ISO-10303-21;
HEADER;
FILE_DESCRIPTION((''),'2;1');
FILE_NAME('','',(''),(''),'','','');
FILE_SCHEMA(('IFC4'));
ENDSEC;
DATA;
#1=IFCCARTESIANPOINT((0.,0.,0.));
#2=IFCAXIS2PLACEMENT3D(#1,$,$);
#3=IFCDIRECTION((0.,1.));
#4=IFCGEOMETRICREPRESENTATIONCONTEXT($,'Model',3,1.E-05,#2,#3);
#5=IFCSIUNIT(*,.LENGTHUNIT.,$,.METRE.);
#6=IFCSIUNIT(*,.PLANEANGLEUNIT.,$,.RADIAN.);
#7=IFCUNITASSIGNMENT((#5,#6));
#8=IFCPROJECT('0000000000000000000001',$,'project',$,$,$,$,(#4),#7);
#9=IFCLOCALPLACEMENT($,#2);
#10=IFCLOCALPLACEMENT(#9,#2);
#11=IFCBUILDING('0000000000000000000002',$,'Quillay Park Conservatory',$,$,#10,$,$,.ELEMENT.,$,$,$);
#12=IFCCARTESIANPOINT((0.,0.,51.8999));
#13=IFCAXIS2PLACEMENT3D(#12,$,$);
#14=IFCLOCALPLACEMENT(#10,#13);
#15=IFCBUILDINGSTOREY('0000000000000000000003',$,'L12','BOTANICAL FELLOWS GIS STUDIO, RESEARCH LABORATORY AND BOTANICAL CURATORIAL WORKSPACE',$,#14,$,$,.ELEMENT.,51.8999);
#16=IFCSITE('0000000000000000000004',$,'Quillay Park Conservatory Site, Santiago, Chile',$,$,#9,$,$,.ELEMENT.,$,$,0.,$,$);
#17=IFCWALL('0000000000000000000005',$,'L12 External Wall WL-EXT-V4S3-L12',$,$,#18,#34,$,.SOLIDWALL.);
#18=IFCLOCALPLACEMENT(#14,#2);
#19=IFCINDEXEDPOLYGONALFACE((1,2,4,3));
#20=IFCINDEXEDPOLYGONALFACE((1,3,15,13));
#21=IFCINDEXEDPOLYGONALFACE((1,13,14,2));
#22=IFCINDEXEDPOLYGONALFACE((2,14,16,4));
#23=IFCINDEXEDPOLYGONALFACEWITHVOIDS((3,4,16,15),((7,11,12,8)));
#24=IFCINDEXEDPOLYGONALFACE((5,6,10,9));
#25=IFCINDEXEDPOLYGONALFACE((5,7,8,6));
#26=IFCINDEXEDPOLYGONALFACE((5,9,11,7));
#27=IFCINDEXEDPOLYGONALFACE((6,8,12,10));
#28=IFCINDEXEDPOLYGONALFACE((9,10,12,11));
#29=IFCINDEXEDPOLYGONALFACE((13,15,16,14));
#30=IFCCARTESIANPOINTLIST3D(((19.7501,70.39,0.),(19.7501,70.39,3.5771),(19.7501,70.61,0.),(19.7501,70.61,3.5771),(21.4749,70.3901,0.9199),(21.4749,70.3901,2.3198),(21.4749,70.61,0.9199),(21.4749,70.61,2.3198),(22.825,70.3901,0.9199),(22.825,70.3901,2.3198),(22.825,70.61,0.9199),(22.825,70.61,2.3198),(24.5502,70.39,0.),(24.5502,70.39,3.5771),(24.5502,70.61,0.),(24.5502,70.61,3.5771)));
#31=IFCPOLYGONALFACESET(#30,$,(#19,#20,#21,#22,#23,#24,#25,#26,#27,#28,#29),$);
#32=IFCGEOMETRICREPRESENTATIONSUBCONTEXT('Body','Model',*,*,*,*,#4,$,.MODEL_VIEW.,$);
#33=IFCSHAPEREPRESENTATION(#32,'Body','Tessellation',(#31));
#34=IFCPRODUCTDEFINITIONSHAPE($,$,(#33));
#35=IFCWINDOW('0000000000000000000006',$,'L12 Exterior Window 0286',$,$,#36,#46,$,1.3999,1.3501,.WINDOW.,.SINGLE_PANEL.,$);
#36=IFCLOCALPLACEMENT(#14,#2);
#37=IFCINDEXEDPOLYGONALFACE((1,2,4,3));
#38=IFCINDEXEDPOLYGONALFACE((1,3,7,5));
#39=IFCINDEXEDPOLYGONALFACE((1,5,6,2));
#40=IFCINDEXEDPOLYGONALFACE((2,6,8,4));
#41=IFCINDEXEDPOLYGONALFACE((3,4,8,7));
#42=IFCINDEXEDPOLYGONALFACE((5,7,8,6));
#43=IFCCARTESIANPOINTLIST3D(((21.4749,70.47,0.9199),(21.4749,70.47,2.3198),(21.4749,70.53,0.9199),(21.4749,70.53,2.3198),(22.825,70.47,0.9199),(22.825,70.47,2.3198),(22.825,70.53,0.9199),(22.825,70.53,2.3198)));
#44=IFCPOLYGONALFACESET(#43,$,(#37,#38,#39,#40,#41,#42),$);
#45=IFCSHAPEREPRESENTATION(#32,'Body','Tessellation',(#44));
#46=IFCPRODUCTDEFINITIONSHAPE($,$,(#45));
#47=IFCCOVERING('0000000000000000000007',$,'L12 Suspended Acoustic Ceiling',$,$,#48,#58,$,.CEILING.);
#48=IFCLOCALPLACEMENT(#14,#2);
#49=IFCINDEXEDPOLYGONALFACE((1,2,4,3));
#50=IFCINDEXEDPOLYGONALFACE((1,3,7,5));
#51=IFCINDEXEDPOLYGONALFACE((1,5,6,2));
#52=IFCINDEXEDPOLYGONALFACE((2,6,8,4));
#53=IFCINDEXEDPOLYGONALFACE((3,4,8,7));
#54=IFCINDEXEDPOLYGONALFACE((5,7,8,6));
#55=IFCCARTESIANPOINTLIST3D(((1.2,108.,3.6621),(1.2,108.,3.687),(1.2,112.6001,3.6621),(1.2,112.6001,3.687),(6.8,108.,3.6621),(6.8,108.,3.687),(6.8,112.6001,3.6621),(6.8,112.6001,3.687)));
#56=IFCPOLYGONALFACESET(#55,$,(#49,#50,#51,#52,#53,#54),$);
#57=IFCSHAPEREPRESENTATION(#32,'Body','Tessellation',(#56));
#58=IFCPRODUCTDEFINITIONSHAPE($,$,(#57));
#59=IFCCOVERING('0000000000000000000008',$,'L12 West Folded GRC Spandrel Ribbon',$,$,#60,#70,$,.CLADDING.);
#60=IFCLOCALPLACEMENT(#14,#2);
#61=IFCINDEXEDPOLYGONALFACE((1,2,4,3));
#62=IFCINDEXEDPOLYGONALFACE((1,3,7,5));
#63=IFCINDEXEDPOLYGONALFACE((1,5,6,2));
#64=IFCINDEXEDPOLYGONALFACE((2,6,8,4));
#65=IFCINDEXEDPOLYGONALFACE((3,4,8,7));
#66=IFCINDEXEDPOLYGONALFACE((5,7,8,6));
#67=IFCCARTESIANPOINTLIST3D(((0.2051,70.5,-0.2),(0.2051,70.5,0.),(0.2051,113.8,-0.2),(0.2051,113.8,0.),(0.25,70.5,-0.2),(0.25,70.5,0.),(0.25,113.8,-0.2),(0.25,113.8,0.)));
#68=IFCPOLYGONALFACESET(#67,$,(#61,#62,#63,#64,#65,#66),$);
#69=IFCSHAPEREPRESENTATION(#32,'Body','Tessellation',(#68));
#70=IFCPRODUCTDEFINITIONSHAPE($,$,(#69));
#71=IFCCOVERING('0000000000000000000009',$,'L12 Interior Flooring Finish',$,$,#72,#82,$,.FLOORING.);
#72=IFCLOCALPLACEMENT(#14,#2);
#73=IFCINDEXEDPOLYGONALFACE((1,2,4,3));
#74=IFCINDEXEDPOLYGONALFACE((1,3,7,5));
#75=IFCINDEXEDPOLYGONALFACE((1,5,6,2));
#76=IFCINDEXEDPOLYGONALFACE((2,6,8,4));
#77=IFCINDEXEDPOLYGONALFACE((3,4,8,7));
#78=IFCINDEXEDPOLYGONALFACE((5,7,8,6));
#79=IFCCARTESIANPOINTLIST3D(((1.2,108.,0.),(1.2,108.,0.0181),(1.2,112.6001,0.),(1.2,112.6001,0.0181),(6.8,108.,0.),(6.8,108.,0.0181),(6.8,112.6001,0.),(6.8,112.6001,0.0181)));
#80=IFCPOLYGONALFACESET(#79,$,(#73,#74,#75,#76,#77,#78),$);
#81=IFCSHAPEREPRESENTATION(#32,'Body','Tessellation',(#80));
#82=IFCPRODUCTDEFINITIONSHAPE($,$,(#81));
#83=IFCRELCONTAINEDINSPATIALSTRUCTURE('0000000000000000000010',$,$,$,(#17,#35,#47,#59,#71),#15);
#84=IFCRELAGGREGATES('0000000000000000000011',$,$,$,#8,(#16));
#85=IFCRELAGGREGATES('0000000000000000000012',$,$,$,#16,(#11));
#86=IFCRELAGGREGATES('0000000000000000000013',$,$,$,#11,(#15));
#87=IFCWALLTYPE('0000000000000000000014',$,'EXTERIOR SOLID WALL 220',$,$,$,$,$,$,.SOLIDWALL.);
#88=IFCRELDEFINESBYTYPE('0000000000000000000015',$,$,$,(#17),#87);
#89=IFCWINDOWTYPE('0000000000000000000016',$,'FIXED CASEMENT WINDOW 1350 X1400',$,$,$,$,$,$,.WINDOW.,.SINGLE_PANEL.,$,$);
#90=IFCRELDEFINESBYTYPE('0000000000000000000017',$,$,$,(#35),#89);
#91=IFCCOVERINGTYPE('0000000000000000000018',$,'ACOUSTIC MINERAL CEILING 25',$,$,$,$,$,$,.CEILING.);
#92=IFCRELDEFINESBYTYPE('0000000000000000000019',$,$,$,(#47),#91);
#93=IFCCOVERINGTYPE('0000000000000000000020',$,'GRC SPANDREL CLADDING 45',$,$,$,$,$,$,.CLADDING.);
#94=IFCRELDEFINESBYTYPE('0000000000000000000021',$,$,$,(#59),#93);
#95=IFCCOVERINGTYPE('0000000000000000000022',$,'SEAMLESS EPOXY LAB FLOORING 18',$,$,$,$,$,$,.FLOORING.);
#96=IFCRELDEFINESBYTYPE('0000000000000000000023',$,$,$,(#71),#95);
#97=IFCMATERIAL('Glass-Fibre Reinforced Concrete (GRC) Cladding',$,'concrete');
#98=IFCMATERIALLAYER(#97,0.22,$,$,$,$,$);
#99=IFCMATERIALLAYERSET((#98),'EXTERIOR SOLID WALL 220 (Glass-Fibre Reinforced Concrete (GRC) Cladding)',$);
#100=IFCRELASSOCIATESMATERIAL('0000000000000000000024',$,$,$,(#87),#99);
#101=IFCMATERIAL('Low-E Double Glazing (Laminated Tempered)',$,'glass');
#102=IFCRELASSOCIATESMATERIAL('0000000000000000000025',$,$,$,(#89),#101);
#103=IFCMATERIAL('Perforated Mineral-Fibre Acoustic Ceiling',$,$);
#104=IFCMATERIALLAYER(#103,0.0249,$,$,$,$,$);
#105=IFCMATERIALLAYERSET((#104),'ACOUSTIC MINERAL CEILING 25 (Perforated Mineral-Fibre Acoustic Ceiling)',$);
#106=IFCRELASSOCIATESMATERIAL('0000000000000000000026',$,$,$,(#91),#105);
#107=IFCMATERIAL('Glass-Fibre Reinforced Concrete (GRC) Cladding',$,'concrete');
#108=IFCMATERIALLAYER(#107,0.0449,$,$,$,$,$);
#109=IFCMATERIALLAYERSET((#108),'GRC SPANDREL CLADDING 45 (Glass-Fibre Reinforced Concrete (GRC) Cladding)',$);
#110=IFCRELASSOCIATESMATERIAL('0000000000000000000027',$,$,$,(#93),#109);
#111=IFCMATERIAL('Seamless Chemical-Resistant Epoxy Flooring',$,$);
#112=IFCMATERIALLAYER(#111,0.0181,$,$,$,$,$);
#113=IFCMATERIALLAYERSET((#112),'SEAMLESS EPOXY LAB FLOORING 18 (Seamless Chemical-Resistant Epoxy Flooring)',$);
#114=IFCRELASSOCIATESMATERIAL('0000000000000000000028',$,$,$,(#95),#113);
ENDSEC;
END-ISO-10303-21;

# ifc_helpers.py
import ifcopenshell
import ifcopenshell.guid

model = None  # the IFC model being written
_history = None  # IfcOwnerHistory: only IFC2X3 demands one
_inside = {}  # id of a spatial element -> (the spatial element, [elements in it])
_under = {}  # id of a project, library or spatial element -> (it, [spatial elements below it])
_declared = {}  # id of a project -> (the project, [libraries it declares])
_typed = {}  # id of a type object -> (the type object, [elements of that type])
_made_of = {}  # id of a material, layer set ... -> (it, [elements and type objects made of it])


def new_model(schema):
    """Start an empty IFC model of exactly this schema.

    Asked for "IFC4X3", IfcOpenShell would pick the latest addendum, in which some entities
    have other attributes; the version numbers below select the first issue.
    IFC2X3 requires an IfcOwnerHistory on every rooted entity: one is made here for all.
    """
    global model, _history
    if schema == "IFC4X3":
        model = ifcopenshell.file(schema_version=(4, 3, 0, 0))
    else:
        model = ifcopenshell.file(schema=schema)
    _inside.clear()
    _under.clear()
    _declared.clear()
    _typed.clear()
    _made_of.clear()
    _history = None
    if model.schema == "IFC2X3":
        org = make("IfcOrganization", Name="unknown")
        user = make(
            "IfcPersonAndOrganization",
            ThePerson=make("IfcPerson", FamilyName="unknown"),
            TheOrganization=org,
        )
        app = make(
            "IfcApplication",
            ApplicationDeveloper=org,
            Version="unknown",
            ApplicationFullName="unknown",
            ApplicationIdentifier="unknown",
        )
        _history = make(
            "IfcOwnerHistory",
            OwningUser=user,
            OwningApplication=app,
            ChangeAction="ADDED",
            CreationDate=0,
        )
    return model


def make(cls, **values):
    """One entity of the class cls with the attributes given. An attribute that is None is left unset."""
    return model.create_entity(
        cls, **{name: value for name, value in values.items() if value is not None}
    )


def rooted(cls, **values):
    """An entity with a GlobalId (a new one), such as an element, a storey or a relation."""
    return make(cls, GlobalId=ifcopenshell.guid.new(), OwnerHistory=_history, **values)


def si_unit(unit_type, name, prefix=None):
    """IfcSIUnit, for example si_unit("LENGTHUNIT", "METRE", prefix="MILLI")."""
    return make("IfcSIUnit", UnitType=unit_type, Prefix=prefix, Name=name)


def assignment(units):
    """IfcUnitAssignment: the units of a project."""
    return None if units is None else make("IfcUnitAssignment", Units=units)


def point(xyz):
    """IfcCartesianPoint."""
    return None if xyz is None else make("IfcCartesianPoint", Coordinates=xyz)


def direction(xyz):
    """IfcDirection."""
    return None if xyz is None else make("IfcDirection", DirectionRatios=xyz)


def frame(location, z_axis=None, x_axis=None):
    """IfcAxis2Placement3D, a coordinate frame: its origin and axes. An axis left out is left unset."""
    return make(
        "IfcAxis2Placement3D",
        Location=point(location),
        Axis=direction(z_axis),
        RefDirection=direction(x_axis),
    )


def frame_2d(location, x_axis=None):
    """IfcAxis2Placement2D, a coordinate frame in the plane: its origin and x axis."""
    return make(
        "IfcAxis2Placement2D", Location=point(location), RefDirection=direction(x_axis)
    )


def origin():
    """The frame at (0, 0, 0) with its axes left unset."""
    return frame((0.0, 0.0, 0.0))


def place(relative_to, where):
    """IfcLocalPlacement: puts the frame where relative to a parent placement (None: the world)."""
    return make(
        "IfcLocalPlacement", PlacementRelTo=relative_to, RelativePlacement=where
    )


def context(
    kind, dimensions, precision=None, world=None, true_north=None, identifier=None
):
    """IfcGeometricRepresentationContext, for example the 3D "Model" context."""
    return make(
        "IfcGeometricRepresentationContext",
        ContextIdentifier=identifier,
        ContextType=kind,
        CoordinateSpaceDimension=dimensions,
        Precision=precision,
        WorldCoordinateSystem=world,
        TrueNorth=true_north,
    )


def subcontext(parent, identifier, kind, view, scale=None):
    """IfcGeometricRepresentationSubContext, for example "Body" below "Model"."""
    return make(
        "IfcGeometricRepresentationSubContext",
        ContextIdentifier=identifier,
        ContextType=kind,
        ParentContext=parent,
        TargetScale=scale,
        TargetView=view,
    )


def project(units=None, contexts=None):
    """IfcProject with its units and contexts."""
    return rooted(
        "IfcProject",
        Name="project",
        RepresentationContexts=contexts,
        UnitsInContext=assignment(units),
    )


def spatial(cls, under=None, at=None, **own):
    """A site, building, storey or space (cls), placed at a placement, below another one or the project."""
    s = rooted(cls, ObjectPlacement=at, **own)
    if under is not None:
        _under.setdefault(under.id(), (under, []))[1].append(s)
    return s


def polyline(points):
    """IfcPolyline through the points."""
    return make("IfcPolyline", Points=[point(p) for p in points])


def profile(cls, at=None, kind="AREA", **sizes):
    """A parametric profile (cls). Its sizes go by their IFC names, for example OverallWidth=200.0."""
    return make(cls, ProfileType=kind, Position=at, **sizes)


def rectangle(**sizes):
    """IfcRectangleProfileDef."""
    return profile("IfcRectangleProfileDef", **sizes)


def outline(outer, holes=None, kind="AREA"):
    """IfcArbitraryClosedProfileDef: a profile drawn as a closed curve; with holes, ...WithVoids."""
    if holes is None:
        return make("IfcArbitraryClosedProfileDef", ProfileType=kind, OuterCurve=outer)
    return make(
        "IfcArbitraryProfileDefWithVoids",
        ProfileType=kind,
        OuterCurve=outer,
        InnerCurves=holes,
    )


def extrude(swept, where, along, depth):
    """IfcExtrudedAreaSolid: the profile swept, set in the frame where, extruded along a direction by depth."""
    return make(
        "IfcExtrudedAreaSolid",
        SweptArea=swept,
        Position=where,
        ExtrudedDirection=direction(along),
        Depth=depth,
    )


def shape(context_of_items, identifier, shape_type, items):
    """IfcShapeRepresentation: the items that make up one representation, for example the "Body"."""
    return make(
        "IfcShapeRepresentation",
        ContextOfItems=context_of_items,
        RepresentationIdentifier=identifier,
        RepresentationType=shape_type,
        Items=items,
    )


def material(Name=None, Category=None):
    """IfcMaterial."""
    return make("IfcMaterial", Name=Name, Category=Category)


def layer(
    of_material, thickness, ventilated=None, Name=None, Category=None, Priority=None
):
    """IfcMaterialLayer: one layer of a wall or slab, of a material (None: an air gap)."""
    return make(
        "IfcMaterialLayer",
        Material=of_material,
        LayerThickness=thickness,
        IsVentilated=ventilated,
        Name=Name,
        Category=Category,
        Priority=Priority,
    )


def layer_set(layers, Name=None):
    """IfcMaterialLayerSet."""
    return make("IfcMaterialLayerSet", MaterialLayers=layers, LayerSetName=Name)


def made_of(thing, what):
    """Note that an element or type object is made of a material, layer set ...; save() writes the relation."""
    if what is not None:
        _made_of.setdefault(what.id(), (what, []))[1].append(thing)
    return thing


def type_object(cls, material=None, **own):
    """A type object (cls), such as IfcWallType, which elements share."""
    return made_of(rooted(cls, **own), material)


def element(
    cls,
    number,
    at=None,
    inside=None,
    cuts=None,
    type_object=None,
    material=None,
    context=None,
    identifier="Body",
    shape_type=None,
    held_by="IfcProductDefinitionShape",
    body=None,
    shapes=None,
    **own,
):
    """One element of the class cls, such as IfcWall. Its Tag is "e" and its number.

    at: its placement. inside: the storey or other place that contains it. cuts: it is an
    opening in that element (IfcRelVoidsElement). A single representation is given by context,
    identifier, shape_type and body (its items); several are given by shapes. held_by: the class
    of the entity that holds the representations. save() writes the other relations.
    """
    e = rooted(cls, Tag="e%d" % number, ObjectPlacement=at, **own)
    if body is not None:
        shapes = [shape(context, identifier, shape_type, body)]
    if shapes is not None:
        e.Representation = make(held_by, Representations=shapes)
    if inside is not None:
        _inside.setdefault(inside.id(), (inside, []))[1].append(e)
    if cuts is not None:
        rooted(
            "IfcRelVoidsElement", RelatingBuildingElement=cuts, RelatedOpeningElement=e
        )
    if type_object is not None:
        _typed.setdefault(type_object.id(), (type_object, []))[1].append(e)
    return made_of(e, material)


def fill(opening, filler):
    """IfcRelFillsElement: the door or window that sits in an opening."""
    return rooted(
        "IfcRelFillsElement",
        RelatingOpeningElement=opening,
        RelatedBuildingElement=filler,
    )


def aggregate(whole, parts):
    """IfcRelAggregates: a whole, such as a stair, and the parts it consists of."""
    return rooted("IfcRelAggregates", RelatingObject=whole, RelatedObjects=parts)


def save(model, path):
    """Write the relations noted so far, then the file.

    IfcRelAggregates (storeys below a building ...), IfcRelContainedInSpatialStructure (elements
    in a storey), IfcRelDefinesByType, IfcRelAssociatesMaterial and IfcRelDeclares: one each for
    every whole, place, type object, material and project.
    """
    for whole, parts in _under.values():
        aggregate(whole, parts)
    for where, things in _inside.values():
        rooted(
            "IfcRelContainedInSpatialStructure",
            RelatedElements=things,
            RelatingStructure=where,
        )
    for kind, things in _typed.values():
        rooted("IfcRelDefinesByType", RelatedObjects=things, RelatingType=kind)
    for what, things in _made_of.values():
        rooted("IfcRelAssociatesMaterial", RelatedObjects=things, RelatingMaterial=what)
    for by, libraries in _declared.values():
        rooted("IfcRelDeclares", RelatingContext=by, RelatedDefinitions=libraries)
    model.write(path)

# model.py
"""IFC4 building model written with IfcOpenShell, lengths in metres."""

from ifc_helpers import new_model, si_unit, direction, frame, frame_2d, origin, place, context, subcontext, project, spatial, polyline, rectangle, outline, extrude, material, layer, layer_set, type_object, element, fill, save


model = new_model("IFC4")

# Units and contexts
model_context = context("Model", 3, precision=1e-05, world=origin(), true_north=direction((0.0, 1.0)))
body_context = subcontext(model_context, "Body", "Model", "MODEL_VIEW")
ifc_project = project(units=[si_unit("LENGTHUNIT", "METRE"), si_unit("PLANEANGLEUNIT", "RADIAN")], contexts=[model_context])

# Site, building, storey
site_placement = place(None, origin())
site = spatial("IfcSite", under=ifc_project, at=site_placement, Name="Quillay Park Conservatory Site, Santiago, Chile", CompositionType="ELEMENT", RefElevation=0.0)
building_placement = place(site_placement, origin())
building = spatial("IfcBuilding", under=site, at=building_placement, Name="Quillay Park Conservatory", CompositionType="ELEMENT")
storey_placement = place(building_placement, frame((0.0, 0.0, 51.8999)))
storey = spatial("IfcBuildingStorey", under=building, at=storey_placement, Name="L12", Description="BOTANICAL FELLOWS GIS STUDIO, RESEARCH LABORATORY AND BOTANICAL CURATORIAL WORKSPACE", CompositionType="ELEMENT", Elevation=51.8999)

# Shared definitions
ifc_material_1 = material(Name="Glass-Fibre Reinforced Concrete (GRC) Cladding", Category="concrete")
ifc_layer_1 = layer(ifc_material_1, 0.22)
ifc_layer_set_1 = layer_set([ifc_layer_1], Name="EXTERIOR SOLID WALL 220 (Glass-Fibre Reinforced Concrete (GRC) Cladding)")
wall_type_1 = type_object("IfcWallType", Name="EXTERIOR SOLID WALL 220", PredefinedType="SOLIDWALL", material=ifc_layer_set_1)

# Wall, opening, window
wall_1_placement = place(storey_placement, frame((24.55, 70.5, 0.0), z_axis=(0.0, 0.0, 1.0), x_axis=(-1.0, 0.0, 0.0)))
wall_1 = element("IfcWall", 1, at=wall_1_placement, inside=storey, type_object=wall_type_1, Name="L12 External Wall WL-EXT-V4S3-L12", PredefinedType="SOLIDWALL", context=body_context, shape_type="SweptSolid", body=[
    extrude(rectangle(XDim=4.8, YDim=0.22, at=frame_2d((2.3999, 0.0))), origin(), (0.0, 0.0, 1.0), 3.5771),
])
opening_1_placement = place(wall_1_placement, frame((1.7251, 0.0, 0.9199)))
opening_1 = element("IfcOpeningElement", 2, at=opening_1_placement, cuts=wall_1, PredefinedType="OPENING", context=body_context, shape_type="SweptSolid", body=[
    extrude(rectangle(XDim=1.3501, YDim=1.3999, at=frame_2d((0.675, 0.7))), frame((0.0, 0.1099, 0.0), z_axis=(0.0, -1.0, 0.0), x_axis=(1.0, 0.0, 0.0)), (0.0, 0.0, 1.0), 0.22),
])
ifc_material_2 = material(Name="Low-E Double Glazing (Laminated Tempered)", Category="glass")
window_type_1 = type_object("IfcWindowType", Name="FIXED CASEMENT WINDOW 1350 X1400", PartitioningType="SINGLE_PANEL", PredefinedType="WINDOW", material=ifc_material_2)
window_1_placement = place(opening_1_placement, origin())
window_1 = element("IfcWindow", 3, at=window_1_placement, inside=storey, type_object=window_type_1, Name="L12 Exterior Window 0286", OverallHeight=1.3999, OverallWidth=1.3501, PartitioningType="SINGLE_PANEL", PredefinedType="WINDOW", context=body_context, shape_type="SweptSolid", body=[
    extrude(rectangle(XDim=1.3501, YDim=1.3999, at=frame_2d((0.675, 0.7))), frame((0.0, 0.03, 0.0), z_axis=(0.0, -1.0, 0.0), x_axis=(1.0, 0.0, 0.0)), (0.0, 0.0, 1.0), 0.0601),
])
fill(opening_1, window_1)

# Coverings
ifc_material_3 = material(Name="Perforated Mineral-Fibre Acoustic Ceiling")
ifc_layer_2 = layer(ifc_material_3, 0.0249)
ifc_layer_set_2 = layer_set([ifc_layer_2], Name="ACOUSTIC MINERAL CEILING 25 (Perforated Mineral-Fibre Acoustic Ceiling)")
covering_type_1 = type_object("IfcCoveringType", Name="ACOUSTIC MINERAL CEILING 25", PredefinedType="CEILING", material=ifc_layer_set_2)
covering_1_placement = place(storey_placement, frame((0.0, 0.0, 3.6621)))
element("IfcCovering", 4, at=covering_1_placement, inside=storey, type_object=covering_type_1, Name="L12 Suspended Acoustic Ceiling", PredefinedType="CEILING", context=body_context, shape_type="SweptSolid", body=[
    extrude(outline(polyline([(1.2, 108.0), (6.8, 108.0), (6.8, 112.6001), (1.2, 112.6001), (1.2, 108.0)])), origin(), (0.0, 0.0, 1.0), 0.0249),
])
ifc_material_4 = material(Name="Glass-Fibre Reinforced Concrete (GRC) Cladding", Category="concrete")
ifc_layer_3 = layer(ifc_material_4, 0.0449)
ifc_layer_set_3 = layer_set([ifc_layer_3], Name="GRC SPANDREL CLADDING 45 (Glass-Fibre Reinforced Concrete (GRC) Cladding)")
covering_type_2 = type_object("IfcCoveringType", Name="GRC SPANDREL CLADDING 45", PredefinedType="CLADDING", material=ifc_layer_set_3)
covering_2_placement = place(storey_placement, frame((0.0, 0.0, -0.2)))
element("IfcCovering", 5, at=covering_2_placement, inside=storey, type_object=covering_type_2, Name="L12 West Folded GRC Spandrel Ribbon", PredefinedType="CLADDING", context=body_context, shape_type="SweptSolid", body=[
    extrude(outline(polyline([(0.2051, 70.5), (0.25, 70.5), (0.25, 113.8), (0.2051, 113.8), (0.2051, 70.5)])), origin(), (0.0, 0.0, 1.0), 0.2),
])
ifc_material_5 = material(Name="Seamless Chemical-Resistant Epoxy Flooring")
ifc_layer_4 = layer(ifc_material_5, 0.0181)
ifc_layer_set_4 = layer_set([ifc_layer_4], Name="SEAMLESS EPOXY LAB FLOORING 18 (Seamless Chemical-Resistant Epoxy Flooring)")
covering_type_3 = type_object("IfcCoveringType", Name="SEAMLESS EPOXY LAB FLOORING 18", PredefinedType="FLOORING", material=ifc_layer_set_4)
covering_3_placement = place(storey_placement, origin())
element("IfcCovering", 6, at=covering_3_placement, inside=storey, type_object=covering_type_3, Name="L12 Interior Flooring Finish", PredefinedType="FLOORING", context=body_context, shape_type="SweptSolid", body=[
    extrude(outline(polyline([(1.2, 108.0), (6.8, 108.0), (6.8, 112.6001), (1.2, 112.6001), (1.2, 108.0)])), origin(), (0.0, 0.0, 1.0), 0.0181),
])

save(model, "model.ifc")
